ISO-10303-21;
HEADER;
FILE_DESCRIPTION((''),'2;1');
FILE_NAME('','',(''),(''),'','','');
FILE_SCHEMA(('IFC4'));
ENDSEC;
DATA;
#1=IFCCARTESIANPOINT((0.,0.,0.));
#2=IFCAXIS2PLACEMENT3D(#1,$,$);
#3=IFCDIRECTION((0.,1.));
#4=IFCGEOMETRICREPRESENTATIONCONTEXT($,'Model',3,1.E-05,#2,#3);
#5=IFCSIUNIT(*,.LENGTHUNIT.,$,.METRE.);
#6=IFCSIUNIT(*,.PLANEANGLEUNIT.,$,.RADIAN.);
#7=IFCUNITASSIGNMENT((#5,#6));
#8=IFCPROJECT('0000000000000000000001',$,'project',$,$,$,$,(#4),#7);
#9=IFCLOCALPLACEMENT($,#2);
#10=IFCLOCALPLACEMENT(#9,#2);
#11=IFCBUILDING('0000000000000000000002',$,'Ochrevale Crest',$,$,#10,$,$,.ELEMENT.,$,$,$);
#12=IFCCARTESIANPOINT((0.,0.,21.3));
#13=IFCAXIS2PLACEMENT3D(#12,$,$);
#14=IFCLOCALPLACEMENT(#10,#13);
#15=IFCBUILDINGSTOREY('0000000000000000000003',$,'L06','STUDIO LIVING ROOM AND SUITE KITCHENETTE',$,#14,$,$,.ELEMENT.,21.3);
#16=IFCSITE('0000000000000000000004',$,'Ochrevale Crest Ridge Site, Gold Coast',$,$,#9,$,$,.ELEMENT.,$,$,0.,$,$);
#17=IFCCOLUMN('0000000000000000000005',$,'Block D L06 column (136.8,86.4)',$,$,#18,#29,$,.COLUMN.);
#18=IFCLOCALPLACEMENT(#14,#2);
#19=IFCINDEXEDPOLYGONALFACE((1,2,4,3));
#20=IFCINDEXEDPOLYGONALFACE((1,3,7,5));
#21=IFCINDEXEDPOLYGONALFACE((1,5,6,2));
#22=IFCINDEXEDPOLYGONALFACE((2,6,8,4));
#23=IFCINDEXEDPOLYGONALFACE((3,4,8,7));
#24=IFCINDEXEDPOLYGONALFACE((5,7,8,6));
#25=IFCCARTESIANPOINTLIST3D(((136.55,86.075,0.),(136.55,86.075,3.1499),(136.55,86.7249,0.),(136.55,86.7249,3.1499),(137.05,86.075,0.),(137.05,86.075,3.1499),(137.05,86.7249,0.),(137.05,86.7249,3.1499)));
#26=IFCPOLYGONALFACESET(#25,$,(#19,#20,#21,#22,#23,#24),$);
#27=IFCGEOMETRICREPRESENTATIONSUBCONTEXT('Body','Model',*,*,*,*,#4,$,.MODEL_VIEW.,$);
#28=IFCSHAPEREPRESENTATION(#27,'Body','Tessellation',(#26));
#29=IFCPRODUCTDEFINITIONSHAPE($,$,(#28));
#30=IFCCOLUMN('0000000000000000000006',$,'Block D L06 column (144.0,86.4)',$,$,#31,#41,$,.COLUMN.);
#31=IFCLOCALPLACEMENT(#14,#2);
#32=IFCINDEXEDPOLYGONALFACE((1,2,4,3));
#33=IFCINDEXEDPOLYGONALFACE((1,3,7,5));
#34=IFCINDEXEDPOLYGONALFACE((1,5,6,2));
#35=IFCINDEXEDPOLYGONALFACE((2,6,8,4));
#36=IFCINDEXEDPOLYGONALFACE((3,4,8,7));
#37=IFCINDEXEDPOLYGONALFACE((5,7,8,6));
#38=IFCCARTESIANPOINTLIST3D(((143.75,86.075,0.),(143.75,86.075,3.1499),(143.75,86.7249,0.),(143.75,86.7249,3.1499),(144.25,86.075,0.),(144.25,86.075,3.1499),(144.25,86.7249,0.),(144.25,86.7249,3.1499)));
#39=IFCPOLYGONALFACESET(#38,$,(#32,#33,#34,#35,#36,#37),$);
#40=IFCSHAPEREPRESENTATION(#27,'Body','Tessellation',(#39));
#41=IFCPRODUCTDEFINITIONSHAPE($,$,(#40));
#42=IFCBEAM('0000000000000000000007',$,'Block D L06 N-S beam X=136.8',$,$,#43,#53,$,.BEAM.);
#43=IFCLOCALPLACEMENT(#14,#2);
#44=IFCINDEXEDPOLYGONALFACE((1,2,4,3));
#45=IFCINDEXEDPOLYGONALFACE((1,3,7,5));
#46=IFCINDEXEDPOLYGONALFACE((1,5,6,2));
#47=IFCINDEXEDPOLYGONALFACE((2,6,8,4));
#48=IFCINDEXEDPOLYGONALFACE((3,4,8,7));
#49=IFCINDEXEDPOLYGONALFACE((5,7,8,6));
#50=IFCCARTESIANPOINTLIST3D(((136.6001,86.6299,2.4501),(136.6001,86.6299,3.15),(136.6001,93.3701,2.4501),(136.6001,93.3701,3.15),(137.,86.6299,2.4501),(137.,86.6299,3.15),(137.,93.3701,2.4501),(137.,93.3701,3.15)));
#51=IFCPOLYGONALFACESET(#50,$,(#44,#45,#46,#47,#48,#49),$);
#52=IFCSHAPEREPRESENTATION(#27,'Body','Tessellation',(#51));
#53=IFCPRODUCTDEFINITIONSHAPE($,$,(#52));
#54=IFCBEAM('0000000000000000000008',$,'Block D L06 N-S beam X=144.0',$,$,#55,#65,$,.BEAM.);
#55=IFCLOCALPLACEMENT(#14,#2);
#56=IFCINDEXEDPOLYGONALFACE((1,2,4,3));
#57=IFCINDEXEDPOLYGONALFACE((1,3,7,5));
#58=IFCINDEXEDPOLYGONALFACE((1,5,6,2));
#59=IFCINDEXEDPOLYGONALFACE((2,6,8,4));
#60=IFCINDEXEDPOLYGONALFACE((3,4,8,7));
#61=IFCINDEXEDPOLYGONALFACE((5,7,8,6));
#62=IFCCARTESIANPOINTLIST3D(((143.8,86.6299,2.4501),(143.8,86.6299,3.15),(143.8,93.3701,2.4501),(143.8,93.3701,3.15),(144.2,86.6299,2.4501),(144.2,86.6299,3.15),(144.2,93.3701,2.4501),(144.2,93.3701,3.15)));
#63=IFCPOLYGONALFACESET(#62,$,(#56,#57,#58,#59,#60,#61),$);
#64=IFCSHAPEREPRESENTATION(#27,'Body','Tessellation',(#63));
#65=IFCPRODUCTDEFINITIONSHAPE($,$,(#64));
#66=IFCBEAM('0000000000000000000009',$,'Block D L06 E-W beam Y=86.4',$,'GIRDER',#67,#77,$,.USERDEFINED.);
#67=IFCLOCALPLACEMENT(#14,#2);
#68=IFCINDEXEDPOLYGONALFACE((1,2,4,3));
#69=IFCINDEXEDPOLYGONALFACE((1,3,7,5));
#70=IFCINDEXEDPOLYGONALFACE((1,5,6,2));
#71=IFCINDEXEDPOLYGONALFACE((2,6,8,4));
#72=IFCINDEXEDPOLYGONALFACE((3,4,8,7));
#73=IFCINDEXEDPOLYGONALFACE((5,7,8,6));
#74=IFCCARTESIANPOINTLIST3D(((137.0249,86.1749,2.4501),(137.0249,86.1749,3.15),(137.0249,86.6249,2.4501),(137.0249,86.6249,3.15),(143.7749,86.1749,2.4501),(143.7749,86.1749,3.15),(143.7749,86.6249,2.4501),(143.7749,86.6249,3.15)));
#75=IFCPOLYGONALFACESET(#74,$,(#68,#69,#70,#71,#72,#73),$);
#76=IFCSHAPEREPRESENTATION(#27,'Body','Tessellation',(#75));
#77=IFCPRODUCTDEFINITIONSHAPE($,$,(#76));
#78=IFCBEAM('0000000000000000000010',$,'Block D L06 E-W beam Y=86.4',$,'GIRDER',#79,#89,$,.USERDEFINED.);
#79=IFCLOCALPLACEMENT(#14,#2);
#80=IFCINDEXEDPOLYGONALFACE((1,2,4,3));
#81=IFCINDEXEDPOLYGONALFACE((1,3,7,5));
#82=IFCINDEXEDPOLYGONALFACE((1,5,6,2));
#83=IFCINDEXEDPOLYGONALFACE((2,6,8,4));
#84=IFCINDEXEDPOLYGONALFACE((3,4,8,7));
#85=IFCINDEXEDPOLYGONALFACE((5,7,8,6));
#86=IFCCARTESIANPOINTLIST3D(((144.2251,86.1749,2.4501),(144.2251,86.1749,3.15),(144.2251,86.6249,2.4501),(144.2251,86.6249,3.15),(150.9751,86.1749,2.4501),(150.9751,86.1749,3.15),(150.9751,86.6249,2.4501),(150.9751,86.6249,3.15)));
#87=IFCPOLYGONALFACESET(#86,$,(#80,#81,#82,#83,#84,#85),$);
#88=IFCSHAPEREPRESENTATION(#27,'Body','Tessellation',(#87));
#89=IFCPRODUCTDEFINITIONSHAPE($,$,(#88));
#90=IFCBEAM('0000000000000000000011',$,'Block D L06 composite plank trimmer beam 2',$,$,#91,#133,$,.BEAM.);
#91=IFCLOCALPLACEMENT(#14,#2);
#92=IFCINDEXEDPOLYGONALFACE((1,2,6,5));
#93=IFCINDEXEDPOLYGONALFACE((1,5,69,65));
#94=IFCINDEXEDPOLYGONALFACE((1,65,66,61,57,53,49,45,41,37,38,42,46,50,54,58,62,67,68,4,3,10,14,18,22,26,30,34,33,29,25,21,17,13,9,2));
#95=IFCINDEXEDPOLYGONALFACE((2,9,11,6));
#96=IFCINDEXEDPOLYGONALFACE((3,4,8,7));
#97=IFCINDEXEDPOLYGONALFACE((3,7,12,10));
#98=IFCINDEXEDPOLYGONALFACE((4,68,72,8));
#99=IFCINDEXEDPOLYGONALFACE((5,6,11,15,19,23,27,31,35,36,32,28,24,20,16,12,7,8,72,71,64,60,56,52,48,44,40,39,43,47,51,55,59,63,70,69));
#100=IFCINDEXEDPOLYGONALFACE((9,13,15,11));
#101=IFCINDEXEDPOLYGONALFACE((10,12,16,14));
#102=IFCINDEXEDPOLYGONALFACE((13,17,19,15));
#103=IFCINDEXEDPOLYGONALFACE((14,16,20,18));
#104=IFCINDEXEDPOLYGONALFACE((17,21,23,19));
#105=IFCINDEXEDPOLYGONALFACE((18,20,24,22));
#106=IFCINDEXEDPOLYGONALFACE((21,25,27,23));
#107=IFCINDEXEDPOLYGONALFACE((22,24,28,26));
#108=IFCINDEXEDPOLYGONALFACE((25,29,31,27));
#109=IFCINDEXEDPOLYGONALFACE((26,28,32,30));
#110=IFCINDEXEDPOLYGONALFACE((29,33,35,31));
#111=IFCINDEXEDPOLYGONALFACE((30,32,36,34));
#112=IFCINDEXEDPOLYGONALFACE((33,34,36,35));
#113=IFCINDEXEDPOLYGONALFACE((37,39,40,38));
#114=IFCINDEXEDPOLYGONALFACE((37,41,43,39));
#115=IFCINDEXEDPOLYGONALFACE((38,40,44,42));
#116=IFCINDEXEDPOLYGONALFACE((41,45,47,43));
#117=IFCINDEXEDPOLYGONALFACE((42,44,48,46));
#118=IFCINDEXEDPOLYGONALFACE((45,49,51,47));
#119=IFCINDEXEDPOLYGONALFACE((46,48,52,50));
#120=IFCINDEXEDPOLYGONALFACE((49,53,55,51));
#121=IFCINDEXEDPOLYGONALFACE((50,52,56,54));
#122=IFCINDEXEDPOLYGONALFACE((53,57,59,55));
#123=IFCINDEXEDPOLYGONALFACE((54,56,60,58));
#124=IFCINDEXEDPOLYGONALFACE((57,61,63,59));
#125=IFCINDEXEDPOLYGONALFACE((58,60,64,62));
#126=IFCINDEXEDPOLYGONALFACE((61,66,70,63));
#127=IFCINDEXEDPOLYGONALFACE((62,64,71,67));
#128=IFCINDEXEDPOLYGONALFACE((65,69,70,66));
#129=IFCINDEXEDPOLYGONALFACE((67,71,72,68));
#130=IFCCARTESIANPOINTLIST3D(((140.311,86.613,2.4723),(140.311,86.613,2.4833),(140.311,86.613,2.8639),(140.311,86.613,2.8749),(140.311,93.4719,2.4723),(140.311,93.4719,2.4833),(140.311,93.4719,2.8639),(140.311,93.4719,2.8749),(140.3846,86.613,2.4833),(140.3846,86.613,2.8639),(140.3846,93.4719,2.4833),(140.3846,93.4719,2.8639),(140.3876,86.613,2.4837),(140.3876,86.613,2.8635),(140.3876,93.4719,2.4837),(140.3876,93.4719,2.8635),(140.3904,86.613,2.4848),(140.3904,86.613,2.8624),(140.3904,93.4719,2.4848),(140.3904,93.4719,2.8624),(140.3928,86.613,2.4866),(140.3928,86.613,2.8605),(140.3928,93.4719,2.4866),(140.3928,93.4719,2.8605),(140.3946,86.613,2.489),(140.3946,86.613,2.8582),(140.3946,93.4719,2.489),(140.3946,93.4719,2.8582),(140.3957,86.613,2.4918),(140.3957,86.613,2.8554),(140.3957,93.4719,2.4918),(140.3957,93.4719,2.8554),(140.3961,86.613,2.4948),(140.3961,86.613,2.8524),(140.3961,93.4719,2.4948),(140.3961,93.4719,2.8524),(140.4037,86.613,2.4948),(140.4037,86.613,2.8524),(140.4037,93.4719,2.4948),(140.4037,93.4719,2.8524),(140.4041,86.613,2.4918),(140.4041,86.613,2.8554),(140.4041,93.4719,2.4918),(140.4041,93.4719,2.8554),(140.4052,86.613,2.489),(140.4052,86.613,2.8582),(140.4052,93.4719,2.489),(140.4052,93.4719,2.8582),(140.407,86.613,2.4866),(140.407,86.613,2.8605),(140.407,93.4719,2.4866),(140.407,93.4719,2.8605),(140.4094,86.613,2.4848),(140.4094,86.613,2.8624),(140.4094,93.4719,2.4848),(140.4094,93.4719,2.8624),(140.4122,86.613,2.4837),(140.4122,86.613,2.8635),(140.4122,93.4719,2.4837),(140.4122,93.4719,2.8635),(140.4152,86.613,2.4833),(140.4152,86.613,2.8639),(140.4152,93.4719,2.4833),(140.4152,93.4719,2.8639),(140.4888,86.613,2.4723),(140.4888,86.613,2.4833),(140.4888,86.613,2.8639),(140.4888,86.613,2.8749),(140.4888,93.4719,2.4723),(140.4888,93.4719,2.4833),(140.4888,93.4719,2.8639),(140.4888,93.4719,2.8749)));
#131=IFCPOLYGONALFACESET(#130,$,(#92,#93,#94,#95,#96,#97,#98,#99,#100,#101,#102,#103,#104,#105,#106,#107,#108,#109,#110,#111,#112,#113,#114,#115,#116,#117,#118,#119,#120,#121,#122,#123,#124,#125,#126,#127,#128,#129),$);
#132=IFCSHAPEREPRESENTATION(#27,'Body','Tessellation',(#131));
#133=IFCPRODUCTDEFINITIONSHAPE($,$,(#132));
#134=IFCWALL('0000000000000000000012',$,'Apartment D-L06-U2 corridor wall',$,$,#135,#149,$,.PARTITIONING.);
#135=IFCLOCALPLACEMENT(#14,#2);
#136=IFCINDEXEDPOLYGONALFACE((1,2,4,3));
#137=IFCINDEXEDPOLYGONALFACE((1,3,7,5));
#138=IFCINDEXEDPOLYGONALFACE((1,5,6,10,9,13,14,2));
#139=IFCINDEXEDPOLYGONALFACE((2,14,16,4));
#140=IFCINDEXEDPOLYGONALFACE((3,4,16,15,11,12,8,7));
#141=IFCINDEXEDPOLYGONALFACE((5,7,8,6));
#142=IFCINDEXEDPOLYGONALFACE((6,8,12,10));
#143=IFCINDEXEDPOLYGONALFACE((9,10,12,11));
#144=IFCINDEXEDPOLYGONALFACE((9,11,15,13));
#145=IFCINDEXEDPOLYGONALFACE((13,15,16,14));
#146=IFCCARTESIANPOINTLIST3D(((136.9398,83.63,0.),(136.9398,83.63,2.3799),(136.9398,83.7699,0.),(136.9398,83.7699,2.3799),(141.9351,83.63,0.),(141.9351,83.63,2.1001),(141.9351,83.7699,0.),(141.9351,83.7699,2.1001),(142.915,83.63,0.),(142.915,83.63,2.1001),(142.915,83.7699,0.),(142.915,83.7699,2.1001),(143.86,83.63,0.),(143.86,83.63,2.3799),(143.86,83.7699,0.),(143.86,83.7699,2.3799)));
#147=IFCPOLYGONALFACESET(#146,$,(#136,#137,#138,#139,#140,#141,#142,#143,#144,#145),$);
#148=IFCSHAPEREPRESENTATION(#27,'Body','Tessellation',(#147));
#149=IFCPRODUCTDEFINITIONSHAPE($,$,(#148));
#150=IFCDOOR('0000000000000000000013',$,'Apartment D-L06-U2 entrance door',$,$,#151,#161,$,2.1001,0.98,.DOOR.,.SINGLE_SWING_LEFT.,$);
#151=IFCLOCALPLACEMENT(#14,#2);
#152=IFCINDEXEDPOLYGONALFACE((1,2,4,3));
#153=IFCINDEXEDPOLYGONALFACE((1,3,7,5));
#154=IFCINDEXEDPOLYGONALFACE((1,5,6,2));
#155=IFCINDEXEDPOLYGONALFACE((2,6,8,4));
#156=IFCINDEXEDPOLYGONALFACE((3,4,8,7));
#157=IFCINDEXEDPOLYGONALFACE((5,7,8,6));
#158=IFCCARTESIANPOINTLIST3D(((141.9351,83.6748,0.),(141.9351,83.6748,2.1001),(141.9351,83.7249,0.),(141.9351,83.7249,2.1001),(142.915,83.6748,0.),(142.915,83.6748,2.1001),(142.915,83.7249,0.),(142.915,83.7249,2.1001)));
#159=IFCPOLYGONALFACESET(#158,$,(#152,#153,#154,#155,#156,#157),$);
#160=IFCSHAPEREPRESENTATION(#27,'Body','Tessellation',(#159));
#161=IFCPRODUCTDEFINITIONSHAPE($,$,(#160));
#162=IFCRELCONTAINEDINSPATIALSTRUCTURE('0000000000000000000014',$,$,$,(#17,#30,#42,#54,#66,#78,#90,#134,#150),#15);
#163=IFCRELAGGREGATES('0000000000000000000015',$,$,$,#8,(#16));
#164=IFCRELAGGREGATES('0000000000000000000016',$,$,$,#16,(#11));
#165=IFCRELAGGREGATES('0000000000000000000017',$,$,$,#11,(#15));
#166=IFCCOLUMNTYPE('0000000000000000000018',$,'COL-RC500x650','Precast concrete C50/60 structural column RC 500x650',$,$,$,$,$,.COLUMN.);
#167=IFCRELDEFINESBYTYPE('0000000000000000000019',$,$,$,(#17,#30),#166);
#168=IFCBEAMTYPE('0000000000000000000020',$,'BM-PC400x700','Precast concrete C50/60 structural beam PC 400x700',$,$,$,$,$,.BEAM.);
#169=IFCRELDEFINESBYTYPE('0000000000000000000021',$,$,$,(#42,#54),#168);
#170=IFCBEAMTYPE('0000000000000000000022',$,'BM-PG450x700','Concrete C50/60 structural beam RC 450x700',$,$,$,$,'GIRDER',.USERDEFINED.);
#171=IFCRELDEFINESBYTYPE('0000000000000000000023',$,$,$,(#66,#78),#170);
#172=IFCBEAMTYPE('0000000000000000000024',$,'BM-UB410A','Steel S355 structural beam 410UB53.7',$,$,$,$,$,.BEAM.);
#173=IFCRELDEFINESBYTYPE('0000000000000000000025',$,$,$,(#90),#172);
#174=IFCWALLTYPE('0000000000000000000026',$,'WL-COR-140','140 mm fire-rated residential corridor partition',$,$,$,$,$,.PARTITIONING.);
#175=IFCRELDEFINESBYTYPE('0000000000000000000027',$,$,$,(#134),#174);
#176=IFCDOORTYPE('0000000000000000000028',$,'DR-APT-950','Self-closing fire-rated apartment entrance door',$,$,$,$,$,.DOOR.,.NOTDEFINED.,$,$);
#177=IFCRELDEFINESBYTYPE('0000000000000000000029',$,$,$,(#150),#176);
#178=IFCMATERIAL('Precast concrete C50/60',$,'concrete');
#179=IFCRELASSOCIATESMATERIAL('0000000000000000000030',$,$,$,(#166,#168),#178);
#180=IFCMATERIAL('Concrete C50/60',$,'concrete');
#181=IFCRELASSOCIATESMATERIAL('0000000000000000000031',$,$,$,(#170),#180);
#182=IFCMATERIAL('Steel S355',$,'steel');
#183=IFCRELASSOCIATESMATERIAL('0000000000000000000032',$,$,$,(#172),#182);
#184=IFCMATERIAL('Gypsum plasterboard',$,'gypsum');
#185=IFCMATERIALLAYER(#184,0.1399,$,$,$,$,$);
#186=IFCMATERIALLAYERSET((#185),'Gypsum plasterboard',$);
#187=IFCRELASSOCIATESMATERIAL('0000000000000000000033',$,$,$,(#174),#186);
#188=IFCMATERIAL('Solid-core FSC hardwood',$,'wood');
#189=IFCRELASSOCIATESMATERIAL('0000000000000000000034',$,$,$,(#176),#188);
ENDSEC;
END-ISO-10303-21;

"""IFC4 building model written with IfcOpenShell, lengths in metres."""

from ifc_helpers import new_model, si_unit, direction, frame, frame_2d, origin, origin_2d, place, context, subcontext, project, spatial, rectangle, i_section, extrude, material, layer, layer_set, material_profile, profile_set, type_object, element, fill, save


model = new_model("IFC4")

# Units and contexts
model_context = context("Model", 3, precision=1e-05, world=origin(), true_north=direction((0.0, 1.0)))
body_context = subcontext(model_context, "Body", "Model", "MODEL_VIEW")
ifc_project = project(units=[si_unit("LENGTHUNIT", "METRE"), si_unit("PLANEANGLEUNIT", "RADIAN")], contexts=[model_context])

# Site, building, storey
site_placement = place(None, origin())
site = spatial("IfcSite", under=ifc_project, at=site_placement, Name="Ochrevale Crest Ridge Site, Gold Coast", CompositionType="ELEMENT", RefElevation=0.0)
building_placement = place(site_placement, origin())
building = spatial("IfcBuilding", under=site, at=building_placement, Name="Ochrevale Crest", CompositionType="ELEMENT")
storey_placement = place(building_placement, frame((0.0, 0.0, 21.3)))
storey = spatial("IfcBuildingStorey", under=building, at=storey_placement, Name="L06", Description="STUDIO LIVING ROOM AND SUITE KITCHENETTE", CompositionType="ELEMENT", Elevation=21.3)

# Columns
ifc_material_1 = material(Name="Precast concrete C50/60", Category="concrete")
ifc_material_profile_1 = material_profile(ifc_material_1, rectangle(XDim=0.5, YDim=0.6499, at=origin_2d()), Name="RC 500x650")
ifc_profile_set_1 = profile_set([ifc_material_profile_1], Name="Precast concrete C50/60")
column_type = type_object("IfcColumnType", Name="COL-RC500x650", Description="Precast concrete C50/60 structural column RC 500x650", PredefinedType="COLUMN", material=ifc_profile_set_1)
for number, where, z_axis, x_axis, name in (
    (1, (136.8, 86.3999, 0.0), (0.0, 0.0, 1.0), (1.0, 0.0, 0.0), "Block D L06 column (136.8,86.4)"),
    (2, (144.0, 86.3999, 0.0), (0.0, 0.0, 1.0), (1.0, 0.0, 0.0), "Block D L06 column (144.0,86.4)"),
):
    element("IfcColumn", number, at=place(storey_placement, frame(where, z_axis=z_axis, x_axis=x_axis)), inside=storey, type_object=column_type, Name=name, PredefinedType="COLUMN", context=body_context, shape_type="SweptSolid", body=[
        extrude(rectangle(XDim=0.5, YDim=0.6499, at=origin_2d()), origin(), (0.0, 0.0, 1.0), 3.1499),
    ])

# Beams
ifc_material_profile_2 = material_profile(ifc_material_1, rectangle(XDim=0.3999, YDim=0.7, at=origin_2d()), Name="PC 400x700")
ifc_profile_set_2 = profile_set([ifc_material_profile_2], Name="Precast concrete C50/60")
beam_type_1 = type_object("IfcBeamType", Name="BM-PC400x700", Description="Precast concrete C50/60 structural beam PC 400x700", PredefinedType="BEAM", material=ifc_profile_set_2)
for number, where, z_axis, x_axis, name in (
    (3, (136.8, 86.6299, 2.8), (0.0, 1.0, 0.0), (-1.0, 0.0, 0.0), "Block D L06 N-S beam X=136.8"),
    (4, (144.0, 86.6299, 2.8), (0.0, 1.0, 0.0), (-1.0, 0.0, 0.0), "Block D L06 N-S beam X=144.0"),
):
    element("IfcBeam", number, at=place(storey_placement, frame(where, z_axis=z_axis, x_axis=x_axis)), inside=storey, type_object=beam_type_1, Name=name, PredefinedType="BEAM", context=body_context, shape_type="SweptSolid", body=[
        extrude(rectangle(XDim=0.3999, YDim=0.7, at=origin_2d()), origin(), (0.0, 0.0, 1.0), 6.7402),
    ])
ifc_material_2 = material(Name="Concrete C50/60", Category="concrete")
ifc_material_profile_3 = material_profile(ifc_material_2, rectangle(XDim=0.45, YDim=0.7, at=origin_2d()), Name="RC 450x700")
ifc_profile_set_3 = profile_set([ifc_material_profile_3], Name="Concrete C50/60")
beam_type_2 = type_object("IfcBeamType", Name="BM-PG450x700", Description="Concrete C50/60 structural beam RC 450x700", ElementType="GIRDER", PredefinedType="USERDEFINED", material=ifc_profile_set_3)
for number, where, z_axis, x_axis, name in (
    (5, (137.0249, 86.3999, 2.8), (1.0, 0.0, 0.0), (0.0, 1.0, 0.0), "Block D L06 E-W beam Y=86.4"),
    (6, (144.2251, 86.3999, 2.8), (1.0, 0.0, 0.0), (0.0, 1.0, 0.0), "Block D L06 E-W beam Y=86.4"),
):
    element("IfcBeam", number, at=place(storey_placement, frame(where, z_axis=z_axis, x_axis=x_axis)), inside=storey, type_object=beam_type_2, Name=name, ObjectType="GIRDER", PredefinedType="USERDEFINED", context=body_context, shape_type="SweptSolid", body=[
        extrude(rectangle(XDim=0.45, YDim=0.7, at=origin_2d()), origin(), (0.0, 0.0, 1.0), 6.75),
    ])
ifc_material_3 = material(Name="Steel S355", Category="steel")
ifc_material_profile_4 = material_profile(ifc_material_3, i_section(OverallWidth=0.1777, OverallDepth=0.4026, WebThickness=0.0076, FlangeThickness=0.011, FilletRadius=0.0115, at=origin_2d()), Name="410UB53.7")
ifc_profile_set_4 = profile_set([ifc_material_profile_4], Name="Steel S355")
beam_type_3 = type_object("IfcBeamType", Name="BM-UB410A", Description="Steel S355 structural beam 410UB53.7", PredefinedType="BEAM", material=ifc_profile_set_4)
beam_placement = place(storey_placement, frame((140.3999, 86.613, 2.6736), z_axis=(0.0, 1.0, 0.0), x_axis=(-1.0, 0.0, 0.0)))
element("IfcBeam", 7, at=beam_placement, inside=storey, type_object=beam_type_3, Name="Block D L06 composite plank trimmer beam 2", PredefinedType="BEAM", context=body_context, shape_type="SweptSolid", body=[
    extrude(i_section(OverallWidth=0.1777, OverallDepth=0.4026, WebThickness=0.0076, FlangeThickness=0.011, FilletRadius=0.0115, at=origin_2d()), origin(), (0.0, 0.0, 1.0), 6.8589),
])

# Wall, opening, door
ifc_material_4 = material(Name="Gypsum plasterboard", Category="gypsum")
ifc_layer_1 = layer(ifc_material_4, 0.1399)
ifc_layer_set_1 = layer_set([ifc_layer_1], Name="Gypsum plasterboard")
wall_type_1 = type_object("IfcWallType", Name="WL-COR-140", Description="140 mm fire-rated residential corridor partition", PredefinedType="PARTITIONING", material=ifc_layer_set_1)
wall_1_placement = place(storey_placement, frame((136.9399, 83.7, 0.0), z_axis=(0.0, 0.0, 1.0), x_axis=(1.0, 0.0, 0.0)))
wall_1 = element("IfcWall", 8, at=wall_1_placement, inside=storey, type_object=wall_type_1, Name="Apartment D-L06-U2 corridor wall", PredefinedType="PARTITIONING", context=body_context, shape_type="SweptSolid", body=[
    extrude(rectangle(XDim=6.9202, YDim=0.1399, at=frame_2d((3.46, 0.0))), origin(), (0.0, 0.0, 1.0), 2.3799),
])
opening_1_placement = place(wall_1_placement, frame((4.9951, 0.0, 0.0)))
opening_1 = element("IfcOpeningElement", 9, at=opening_1_placement, cuts=wall_1, PredefinedType="OPENING", context=body_context, shape_type="SweptSolid", body=[
    extrude(rectangle(XDim=0.98, YDim=2.1001, at=frame_2d((0.49, 1.05))), frame((0.0, 0.0801, 0.0), z_axis=(0.0, -1.0, 0.0), x_axis=(1.0, 0.0, 0.0)), (0.0, 0.0, 1.0), 0.1599),
])
ifc_material_5 = material(Name="Solid-core FSC hardwood", Category="wood")
door_type_1 = type_object("IfcDoorType", Name="DR-APT-950", Description="Self-closing fire-rated apartment entrance door", OperationType="NOTDEFINED", PredefinedType="DOOR", material=ifc_material_5)
door_1_placement = place(opening_1_placement, origin())
door_1 = element("IfcDoor", 10, at=door_1_placement, inside=storey, type_object=door_type_1, Name="Apartment D-L06-U2 entrance door", OperationType="SINGLE_SWING_LEFT", OverallHeight=2.1001, OverallWidth=0.98, PredefinedType="DOOR", context=body_context, shape_type="SweptSolid", body=[
    extrude(rectangle(XDim=0.98, YDim=2.1001, at=frame_2d((0.49, 1.05))), frame((0.0, 0.0249, 0.0), z_axis=(0.0, -1.0, 0.0), x_axis=(1.0, 0.0, 0.0)), (0.0, 0.0, 1.0), 0.05),
])
fill(opening_1, door_1)

save(model, "model.ifc")
